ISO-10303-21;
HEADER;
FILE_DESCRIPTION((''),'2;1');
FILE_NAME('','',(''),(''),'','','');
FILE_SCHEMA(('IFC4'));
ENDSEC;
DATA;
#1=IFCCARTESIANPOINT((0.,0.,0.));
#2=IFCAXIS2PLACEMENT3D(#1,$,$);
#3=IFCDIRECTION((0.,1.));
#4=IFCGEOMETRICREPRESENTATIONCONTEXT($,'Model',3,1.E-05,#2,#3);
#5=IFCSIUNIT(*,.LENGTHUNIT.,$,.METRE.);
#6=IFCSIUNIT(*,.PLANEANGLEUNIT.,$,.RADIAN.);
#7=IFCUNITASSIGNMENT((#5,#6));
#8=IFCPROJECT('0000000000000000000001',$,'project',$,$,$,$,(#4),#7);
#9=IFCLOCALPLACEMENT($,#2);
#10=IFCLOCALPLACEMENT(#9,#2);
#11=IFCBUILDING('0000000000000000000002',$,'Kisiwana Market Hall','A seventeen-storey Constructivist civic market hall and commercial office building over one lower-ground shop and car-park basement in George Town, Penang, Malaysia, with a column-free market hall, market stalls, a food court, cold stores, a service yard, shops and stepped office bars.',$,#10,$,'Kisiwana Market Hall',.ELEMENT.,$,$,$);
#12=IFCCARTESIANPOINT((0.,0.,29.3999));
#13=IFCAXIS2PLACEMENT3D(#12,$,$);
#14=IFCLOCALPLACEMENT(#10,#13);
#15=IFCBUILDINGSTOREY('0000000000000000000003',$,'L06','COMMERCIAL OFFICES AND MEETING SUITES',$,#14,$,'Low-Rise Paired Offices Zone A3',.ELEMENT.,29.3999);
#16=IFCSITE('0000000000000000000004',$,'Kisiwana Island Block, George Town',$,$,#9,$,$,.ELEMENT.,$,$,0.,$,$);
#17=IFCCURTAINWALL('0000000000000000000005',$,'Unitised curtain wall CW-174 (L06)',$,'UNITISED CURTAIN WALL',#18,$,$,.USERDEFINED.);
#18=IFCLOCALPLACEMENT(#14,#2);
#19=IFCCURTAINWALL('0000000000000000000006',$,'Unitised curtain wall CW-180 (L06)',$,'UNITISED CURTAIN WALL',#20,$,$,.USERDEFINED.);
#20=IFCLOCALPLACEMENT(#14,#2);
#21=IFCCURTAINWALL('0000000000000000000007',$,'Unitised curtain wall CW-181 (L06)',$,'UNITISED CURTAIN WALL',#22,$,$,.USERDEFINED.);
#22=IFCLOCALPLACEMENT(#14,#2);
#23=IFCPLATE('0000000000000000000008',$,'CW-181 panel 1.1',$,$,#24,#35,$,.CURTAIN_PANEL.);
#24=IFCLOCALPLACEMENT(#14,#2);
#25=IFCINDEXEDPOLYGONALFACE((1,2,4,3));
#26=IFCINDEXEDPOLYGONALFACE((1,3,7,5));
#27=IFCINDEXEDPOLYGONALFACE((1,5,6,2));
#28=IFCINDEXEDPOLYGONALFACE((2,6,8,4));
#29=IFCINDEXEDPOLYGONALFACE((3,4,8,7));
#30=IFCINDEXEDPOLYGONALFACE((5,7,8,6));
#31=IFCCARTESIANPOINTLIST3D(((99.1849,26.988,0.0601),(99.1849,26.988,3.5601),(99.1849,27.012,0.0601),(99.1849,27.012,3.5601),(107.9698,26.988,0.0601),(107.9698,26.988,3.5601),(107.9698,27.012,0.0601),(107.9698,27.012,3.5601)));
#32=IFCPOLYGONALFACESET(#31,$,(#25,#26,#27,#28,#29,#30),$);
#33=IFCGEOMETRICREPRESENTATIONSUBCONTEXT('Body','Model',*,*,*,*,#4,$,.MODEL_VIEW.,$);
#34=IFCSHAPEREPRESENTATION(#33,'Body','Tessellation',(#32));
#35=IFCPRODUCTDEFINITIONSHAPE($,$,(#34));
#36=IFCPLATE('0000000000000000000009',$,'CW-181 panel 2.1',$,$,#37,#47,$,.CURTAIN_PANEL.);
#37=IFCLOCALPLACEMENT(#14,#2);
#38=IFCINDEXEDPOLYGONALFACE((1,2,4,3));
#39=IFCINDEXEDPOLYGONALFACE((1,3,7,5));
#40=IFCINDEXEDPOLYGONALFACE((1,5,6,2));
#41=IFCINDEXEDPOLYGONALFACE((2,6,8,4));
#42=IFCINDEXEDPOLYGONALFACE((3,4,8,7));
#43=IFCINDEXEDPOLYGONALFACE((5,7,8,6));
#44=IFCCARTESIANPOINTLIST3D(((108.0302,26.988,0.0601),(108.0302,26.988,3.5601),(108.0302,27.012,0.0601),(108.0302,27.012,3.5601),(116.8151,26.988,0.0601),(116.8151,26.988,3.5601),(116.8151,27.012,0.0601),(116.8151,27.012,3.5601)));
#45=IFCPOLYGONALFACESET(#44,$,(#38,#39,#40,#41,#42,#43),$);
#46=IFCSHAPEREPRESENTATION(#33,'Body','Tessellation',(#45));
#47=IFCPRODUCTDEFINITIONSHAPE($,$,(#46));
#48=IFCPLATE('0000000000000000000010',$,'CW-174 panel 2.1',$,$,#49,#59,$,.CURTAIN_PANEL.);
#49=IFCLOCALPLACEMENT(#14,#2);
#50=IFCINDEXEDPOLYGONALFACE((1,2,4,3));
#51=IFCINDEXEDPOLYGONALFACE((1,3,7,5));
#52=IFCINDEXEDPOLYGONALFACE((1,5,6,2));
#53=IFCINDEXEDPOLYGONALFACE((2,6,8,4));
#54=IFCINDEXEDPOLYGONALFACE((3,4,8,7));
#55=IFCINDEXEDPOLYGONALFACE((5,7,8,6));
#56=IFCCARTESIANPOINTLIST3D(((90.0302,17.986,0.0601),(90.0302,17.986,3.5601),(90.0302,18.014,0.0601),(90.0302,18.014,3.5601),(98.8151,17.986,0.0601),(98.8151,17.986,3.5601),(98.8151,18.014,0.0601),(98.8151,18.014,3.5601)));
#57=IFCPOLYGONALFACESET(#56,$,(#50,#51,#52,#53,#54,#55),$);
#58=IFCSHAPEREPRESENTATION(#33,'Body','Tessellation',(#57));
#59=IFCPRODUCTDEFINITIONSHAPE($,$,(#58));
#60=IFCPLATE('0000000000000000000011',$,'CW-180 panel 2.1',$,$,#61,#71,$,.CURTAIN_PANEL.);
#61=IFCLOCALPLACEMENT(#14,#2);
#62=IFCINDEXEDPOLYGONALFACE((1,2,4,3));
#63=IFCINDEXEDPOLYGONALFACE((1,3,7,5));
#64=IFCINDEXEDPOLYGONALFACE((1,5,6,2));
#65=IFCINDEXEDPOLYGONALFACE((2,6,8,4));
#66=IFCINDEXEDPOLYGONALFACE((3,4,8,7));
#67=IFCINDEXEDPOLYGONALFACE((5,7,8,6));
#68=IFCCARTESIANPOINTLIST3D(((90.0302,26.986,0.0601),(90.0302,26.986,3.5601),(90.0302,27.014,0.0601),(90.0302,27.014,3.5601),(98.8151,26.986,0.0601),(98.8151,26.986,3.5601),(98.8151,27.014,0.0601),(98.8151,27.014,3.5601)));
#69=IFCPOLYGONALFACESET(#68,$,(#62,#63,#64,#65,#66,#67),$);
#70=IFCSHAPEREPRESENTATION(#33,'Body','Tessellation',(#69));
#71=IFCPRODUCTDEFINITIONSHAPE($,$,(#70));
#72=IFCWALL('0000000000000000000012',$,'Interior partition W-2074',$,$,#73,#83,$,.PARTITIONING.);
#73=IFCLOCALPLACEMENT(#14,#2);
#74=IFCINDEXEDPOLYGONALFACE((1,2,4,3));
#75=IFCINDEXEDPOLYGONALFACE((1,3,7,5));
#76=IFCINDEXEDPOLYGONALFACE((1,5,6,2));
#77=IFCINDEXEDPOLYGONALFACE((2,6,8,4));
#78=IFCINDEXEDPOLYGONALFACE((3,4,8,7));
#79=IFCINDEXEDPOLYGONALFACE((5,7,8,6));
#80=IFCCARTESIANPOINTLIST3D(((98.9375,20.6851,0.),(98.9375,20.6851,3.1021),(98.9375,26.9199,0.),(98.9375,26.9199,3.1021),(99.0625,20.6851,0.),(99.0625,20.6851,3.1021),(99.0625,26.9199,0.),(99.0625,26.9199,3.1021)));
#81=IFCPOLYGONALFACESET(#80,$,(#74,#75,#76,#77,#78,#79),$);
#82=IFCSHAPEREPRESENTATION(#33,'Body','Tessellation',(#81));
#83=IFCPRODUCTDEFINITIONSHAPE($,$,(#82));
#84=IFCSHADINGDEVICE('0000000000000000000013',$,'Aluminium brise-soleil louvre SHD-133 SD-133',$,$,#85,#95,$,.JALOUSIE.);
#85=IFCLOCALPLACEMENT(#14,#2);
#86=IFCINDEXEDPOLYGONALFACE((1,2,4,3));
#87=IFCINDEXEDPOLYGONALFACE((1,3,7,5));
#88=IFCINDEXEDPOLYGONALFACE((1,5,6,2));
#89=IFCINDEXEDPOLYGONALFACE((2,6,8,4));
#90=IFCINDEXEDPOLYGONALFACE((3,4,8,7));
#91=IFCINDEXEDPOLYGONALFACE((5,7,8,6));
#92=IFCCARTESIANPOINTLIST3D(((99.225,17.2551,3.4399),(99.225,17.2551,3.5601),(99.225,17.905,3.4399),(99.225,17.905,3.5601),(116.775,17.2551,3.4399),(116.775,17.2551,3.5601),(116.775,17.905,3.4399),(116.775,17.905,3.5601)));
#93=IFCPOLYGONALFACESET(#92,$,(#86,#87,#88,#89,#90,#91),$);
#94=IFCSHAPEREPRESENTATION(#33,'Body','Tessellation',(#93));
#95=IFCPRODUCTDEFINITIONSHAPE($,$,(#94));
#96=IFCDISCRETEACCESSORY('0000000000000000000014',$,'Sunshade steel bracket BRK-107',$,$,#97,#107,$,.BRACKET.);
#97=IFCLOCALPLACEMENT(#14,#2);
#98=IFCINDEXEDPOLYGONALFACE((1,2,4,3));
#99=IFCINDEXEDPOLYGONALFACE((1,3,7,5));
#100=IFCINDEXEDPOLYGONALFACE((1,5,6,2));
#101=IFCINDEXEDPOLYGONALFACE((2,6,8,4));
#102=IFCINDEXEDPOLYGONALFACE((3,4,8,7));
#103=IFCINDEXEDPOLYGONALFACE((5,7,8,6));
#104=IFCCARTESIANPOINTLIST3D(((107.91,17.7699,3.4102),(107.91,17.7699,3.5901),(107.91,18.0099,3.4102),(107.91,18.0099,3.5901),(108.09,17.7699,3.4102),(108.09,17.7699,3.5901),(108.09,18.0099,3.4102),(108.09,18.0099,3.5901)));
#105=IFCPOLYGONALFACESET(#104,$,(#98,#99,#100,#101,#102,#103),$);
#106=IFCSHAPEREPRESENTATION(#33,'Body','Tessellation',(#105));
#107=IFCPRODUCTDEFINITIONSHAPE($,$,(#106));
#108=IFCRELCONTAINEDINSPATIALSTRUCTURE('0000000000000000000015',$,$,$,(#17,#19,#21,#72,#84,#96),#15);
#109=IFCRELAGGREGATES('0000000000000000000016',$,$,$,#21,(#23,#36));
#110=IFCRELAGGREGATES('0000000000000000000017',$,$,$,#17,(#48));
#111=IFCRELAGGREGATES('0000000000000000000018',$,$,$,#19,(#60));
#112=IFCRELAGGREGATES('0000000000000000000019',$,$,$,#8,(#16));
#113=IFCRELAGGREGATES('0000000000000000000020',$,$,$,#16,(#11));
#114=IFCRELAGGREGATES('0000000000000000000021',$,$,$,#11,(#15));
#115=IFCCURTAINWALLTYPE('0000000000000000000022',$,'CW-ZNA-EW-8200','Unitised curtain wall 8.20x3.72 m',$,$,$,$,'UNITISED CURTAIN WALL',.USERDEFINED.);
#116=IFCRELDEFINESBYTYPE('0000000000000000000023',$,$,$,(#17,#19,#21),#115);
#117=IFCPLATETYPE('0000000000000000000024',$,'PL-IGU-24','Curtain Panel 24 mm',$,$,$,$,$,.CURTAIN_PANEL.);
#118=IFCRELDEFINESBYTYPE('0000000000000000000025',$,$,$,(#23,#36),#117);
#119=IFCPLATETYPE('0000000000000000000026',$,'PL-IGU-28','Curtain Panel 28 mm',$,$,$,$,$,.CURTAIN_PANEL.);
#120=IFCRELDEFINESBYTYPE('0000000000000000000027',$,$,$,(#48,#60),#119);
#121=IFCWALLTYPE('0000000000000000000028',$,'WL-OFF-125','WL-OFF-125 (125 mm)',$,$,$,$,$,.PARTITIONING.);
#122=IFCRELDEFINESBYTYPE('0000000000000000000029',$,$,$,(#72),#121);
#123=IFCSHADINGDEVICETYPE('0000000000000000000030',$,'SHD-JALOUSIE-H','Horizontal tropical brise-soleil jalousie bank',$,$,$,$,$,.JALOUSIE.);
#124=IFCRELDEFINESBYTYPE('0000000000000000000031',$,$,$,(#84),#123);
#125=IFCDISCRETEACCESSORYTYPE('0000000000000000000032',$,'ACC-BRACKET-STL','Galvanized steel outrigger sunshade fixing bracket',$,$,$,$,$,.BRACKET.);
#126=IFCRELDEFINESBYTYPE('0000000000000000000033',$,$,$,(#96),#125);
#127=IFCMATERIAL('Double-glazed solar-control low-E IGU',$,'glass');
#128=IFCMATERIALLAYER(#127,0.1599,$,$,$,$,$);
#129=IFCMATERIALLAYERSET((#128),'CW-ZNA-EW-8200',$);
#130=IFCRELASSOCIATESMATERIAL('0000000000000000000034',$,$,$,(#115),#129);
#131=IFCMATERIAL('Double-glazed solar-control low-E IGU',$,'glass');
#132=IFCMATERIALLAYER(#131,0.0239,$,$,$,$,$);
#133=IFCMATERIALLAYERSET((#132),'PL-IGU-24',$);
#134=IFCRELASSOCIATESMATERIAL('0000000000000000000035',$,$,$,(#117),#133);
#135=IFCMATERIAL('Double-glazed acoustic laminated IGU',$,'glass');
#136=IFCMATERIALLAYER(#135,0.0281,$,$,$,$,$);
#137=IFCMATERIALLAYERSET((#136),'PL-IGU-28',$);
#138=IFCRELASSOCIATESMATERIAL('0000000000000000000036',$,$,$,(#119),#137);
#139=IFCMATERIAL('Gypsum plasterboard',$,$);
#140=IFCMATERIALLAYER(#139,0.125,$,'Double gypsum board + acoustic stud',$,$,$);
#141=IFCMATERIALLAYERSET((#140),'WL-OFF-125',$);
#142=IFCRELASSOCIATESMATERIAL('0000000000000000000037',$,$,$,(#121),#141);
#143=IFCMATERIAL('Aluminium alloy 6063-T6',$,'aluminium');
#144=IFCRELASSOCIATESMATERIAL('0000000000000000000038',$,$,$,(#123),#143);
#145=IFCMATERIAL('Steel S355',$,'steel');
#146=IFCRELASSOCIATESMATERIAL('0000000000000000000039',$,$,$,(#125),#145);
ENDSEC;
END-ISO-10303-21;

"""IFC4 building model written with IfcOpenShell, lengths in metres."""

from ifc_helpers import new_model, si_unit, direction, frame, frame_2d, origin, origin_2d, place, context, subcontext, project, spatial, rectangle, extrude, material, layer, layer_set, type_object, element, aggregate, save


model = new_model("IFC4")

# Units and contexts
model_context = context("Model", 3, precision=1e-05, world=origin(), true_north=direction((0.0, 1.0)))
body_context = subcontext(model_context, "Body", "Model", "MODEL_VIEW")
ifc_project = project(units=[si_unit("LENGTHUNIT", "METRE"), si_unit("PLANEANGLEUNIT", "RADIAN")], contexts=[model_context])

# Site, building, storey
site_placement = place(None, origin())
site = spatial("IfcSite", under=ifc_project, at=site_placement, Name="Kisiwana Island Block, George Town", CompositionType="ELEMENT", RefElevation=0.0)
building_placement = place(site_placement, origin())
building = spatial("IfcBuilding", under=site, at=building_placement, Name="Kisiwana Market Hall", Description="A seventeen-storey Constructivist civic market hall and commercial office building over one lower-ground shop and car-park basement in George Town, Penang, Malaysia, with a column-free market hall, market stalls, a food court, cold stores, a service yard, shops and stepped office bars.", LongName="Kisiwana Market Hall", CompositionType="ELEMENT")
storey_placement = place(building_placement, frame((0.0, 0.0, 29.3999)))
storey = spatial("IfcBuildingStorey", under=building, at=storey_placement, Name="L06", Description="COMMERCIAL OFFICES AND MEETING SUITES", LongName="Low-Rise Paired Offices Zone A3", CompositionType="ELEMENT", Elevation=29.3999)

# Curtain wall
ifc_material_1 = material(Name="Double-glazed solar-control low-E IGU", Category="glass")
ifc_layer_1 = layer(ifc_material_1, 0.1599)
ifc_layer_set_1 = layer_set([ifc_layer_1], Name="CW-ZNA-EW-8200")
curtain_wall_type = type_object("IfcCurtainWallType", Name="CW-ZNA-EW-8200", Description="Unitised curtain wall 8.20x3.72 m", ElementType="UNITISED CURTAIN WALL", PredefinedType="USERDEFINED", material=ifc_layer_set_1)
curtain_wall_1_placement = place(storey_placement, origin())
curtain_wall_1 = element("IfcCurtainWall", 1, at=curtain_wall_1_placement, inside=storey, type_object=curtain_wall_type, Name="Unitised curtain wall CW-174 (L06)", ObjectType="UNITISED CURTAIN WALL", PredefinedType="USERDEFINED")

# Curtain wall
curtain_wall_2_placement = place(storey_placement, origin())
curtain_wall_2 = element("IfcCurtainWall", 2, at=curtain_wall_2_placement, inside=storey, type_object=curtain_wall_type, Name="Unitised curtain wall CW-180 (L06)", ObjectType="UNITISED CURTAIN WALL", PredefinedType="USERDEFINED")

# Curtain wall
curtain_wall_3_placement = place(storey_placement, origin())
curtain_wall_3 = element("IfcCurtainWall", 3, at=curtain_wall_3_placement, inside=storey, type_object=curtain_wall_type, Name="Unitised curtain wall CW-181 (L06)", ObjectType="UNITISED CURTAIN WALL", PredefinedType="USERDEFINED")

# Plates
ifc_material_2 = material(Name="Double-glazed solar-control low-E IGU", Category="glass")
ifc_layer_2 = layer(ifc_material_2, 0.0239)
ifc_layer_set_2 = layer_set([ifc_layer_2], Name="PL-IGU-24")
plate_type_1 = type_object("IfcPlateType", Name="PL-IGU-24", Description="Curtain Panel 24 mm", PredefinedType="CURTAIN_PANEL", material=ifc_layer_set_2)
plate_1_placement = place(storey_placement, frame((103.5774, 27.0, 0.0601), z_axis=(0.0, 0.0, 1.0), x_axis=(1.0, 0.0, 0.0)))
plate_1 = element("IfcPlate", 4, at=plate_1_placement, type_object=plate_type_1, Name="CW-181 panel 1.1", PredefinedType="CURTAIN_PANEL", context=body_context, shape_type="SweptSolid", body=[
    extrude(rectangle(XDim=8.7849, YDim=0.0239, at=origin_2d()), origin(), (0.0, 0.0, 1.0), 3.5),
])
plate_2_placement = place(storey_placement, frame((112.4226, 27.0, 0.0601), z_axis=(0.0, 0.0, 1.0), x_axis=(1.0, 0.0, 0.0)))
plate_2 = element("IfcPlate", 5, at=plate_2_placement, type_object=plate_type_1, Name="CW-181 panel 2.1", PredefinedType="CURTAIN_PANEL", context=body_context, shape_type="SweptSolid", body=[
    extrude(rectangle(XDim=8.7849, YDim=0.0239, at=origin_2d()), origin(), (0.0, 0.0, 1.0), 3.5),
])
aggregate(curtain_wall_3, [plate_1, plate_2])
ifc_material_3 = material(Name="Double-glazed acoustic laminated IGU", Category="glass")
ifc_layer_3 = layer(ifc_material_3, 0.0281)
ifc_layer_set_3 = layer_set([ifc_layer_3], Name="PL-IGU-28")
plate_type_2 = type_object("IfcPlateType", Name="PL-IGU-28", Description="Curtain Panel 28 mm", PredefinedType="CURTAIN_PANEL", material=ifc_layer_set_3)
plate_3_placement = place(storey_placement, frame((94.4226, 18.0, 0.0601), z_axis=(0.0, 0.0, 1.0), x_axis=(1.0, 0.0, 0.0)))
plate_3 = element("IfcPlate", 6, at=plate_3_placement, type_object=plate_type_2, Name="CW-174 panel 2.1", PredefinedType="CURTAIN_PANEL", context=body_context, shape_type="SweptSolid", body=[
    extrude(rectangle(XDim=8.7849, YDim=0.0281, at=origin_2d()), origin(), (0.0, 0.0, 1.0), 3.5),
])
aggregate(curtain_wall_1, [plate_3])
plate_4_placement = place(storey_placement, frame((94.4226, 27.0, 0.0601), z_axis=(0.0, 0.0, 1.0), x_axis=(1.0, 0.0, 0.0)))
plate_4 = element("IfcPlate", 7, at=plate_4_placement, type_object=plate_type_2, Name="CW-180 panel 2.1", PredefinedType="CURTAIN_PANEL", context=body_context, shape_type="SweptSolid", body=[
    extrude(rectangle(XDim=8.7849, YDim=0.0281, at=origin_2d()), origin(), (0.0, 0.0, 1.0), 3.5),
])
aggregate(curtain_wall_2, [plate_4])

# Wall
ifc_material_4 = material(Name="Gypsum plasterboard")
ifc_layer_4 = layer(ifc_material_4, 0.125, Name="Double gypsum board + acoustic stud")
ifc_layer_set_4 = layer_set([ifc_layer_4], Name="WL-OFF-125")
wall_type = type_object("IfcWallType", Name="WL-OFF-125", Description="WL-OFF-125 (125 mm)", PredefinedType="PARTITIONING", material=ifc_layer_set_4)
wall_placement = place(storey_placement, frame((99.0, 20.6851, 0.0), z_axis=(0.0, 0.0, 1.0), x_axis=(0.0, 1.0, 0.0)))
element("IfcWall", 8, at=wall_placement, inside=storey, type_object=wall_type, Name="Interior partition W-2074", PredefinedType="PARTITIONING", context=body_context, shape_type="SweptSolid", body=[
    extrude(rectangle(XDim=6.2349, YDim=0.125, at=frame_2d((3.1174, 0.0))), origin(), (0.0, 0.0, 1.0), 3.1021),
])

# Shading device
ifc_material_5 = material(Name="Aluminium alloy 6063-T6", Category="aluminium")
shading_device_type = type_object("IfcShadingDeviceType", Name="SHD-JALOUSIE-H", Description="Horizontal tropical brise-soleil jalousie bank", PredefinedType="JALOUSIE", material=ifc_material_5)
shading_device_placement = place(storey_placement, frame((108.0, 17.5801, 3.4399), z_axis=(0.0, 0.0, 1.0), x_axis=(1.0, 0.0, 0.0)))
element("IfcShadingDevice", 9, at=shading_device_placement, inside=storey, type_object=shading_device_type, Name="Aluminium brise-soleil louvre SHD-133 SD-133", PredefinedType="JALOUSIE", context=body_context, shape_type="SweptSolid", body=[
    extrude(rectangle(XDim=17.55, YDim=0.6499, at=origin_2d()), origin(), (0.0, 0.0, 1.0), 0.1201),
])

# Discrete accessory
ifc_material_6 = material(Name="Steel S355", Category="steel")
discrete_accessory_type = type_object("IfcDiscreteAccessoryType", Name="ACC-BRACKET-STL", Description="Galvanized steel outrigger sunshade fixing bracket", PredefinedType="BRACKET", material=ifc_material_6)
discrete_accessory_placement = place(storey_placement, frame((108.0, 17.8899, 3.4102), z_axis=(0.0, 0.0, 1.0), x_axis=(1.0, 0.0, 0.0)))
element("IfcDiscreteAccessory", 10, at=discrete_accessory_placement, inside=storey, type_object=discrete_accessory_type, Name="Sunshade steel bracket BRK-107", PredefinedType="BRACKET", context=body_context, shape_type="SweptSolid", body=[
    extrude(rectangle(XDim=0.1799, YDim=0.24, at=origin_2d()), origin(), (0.0, 0.0, 1.0), 0.1799),
])

save(model, "model.ifc")
